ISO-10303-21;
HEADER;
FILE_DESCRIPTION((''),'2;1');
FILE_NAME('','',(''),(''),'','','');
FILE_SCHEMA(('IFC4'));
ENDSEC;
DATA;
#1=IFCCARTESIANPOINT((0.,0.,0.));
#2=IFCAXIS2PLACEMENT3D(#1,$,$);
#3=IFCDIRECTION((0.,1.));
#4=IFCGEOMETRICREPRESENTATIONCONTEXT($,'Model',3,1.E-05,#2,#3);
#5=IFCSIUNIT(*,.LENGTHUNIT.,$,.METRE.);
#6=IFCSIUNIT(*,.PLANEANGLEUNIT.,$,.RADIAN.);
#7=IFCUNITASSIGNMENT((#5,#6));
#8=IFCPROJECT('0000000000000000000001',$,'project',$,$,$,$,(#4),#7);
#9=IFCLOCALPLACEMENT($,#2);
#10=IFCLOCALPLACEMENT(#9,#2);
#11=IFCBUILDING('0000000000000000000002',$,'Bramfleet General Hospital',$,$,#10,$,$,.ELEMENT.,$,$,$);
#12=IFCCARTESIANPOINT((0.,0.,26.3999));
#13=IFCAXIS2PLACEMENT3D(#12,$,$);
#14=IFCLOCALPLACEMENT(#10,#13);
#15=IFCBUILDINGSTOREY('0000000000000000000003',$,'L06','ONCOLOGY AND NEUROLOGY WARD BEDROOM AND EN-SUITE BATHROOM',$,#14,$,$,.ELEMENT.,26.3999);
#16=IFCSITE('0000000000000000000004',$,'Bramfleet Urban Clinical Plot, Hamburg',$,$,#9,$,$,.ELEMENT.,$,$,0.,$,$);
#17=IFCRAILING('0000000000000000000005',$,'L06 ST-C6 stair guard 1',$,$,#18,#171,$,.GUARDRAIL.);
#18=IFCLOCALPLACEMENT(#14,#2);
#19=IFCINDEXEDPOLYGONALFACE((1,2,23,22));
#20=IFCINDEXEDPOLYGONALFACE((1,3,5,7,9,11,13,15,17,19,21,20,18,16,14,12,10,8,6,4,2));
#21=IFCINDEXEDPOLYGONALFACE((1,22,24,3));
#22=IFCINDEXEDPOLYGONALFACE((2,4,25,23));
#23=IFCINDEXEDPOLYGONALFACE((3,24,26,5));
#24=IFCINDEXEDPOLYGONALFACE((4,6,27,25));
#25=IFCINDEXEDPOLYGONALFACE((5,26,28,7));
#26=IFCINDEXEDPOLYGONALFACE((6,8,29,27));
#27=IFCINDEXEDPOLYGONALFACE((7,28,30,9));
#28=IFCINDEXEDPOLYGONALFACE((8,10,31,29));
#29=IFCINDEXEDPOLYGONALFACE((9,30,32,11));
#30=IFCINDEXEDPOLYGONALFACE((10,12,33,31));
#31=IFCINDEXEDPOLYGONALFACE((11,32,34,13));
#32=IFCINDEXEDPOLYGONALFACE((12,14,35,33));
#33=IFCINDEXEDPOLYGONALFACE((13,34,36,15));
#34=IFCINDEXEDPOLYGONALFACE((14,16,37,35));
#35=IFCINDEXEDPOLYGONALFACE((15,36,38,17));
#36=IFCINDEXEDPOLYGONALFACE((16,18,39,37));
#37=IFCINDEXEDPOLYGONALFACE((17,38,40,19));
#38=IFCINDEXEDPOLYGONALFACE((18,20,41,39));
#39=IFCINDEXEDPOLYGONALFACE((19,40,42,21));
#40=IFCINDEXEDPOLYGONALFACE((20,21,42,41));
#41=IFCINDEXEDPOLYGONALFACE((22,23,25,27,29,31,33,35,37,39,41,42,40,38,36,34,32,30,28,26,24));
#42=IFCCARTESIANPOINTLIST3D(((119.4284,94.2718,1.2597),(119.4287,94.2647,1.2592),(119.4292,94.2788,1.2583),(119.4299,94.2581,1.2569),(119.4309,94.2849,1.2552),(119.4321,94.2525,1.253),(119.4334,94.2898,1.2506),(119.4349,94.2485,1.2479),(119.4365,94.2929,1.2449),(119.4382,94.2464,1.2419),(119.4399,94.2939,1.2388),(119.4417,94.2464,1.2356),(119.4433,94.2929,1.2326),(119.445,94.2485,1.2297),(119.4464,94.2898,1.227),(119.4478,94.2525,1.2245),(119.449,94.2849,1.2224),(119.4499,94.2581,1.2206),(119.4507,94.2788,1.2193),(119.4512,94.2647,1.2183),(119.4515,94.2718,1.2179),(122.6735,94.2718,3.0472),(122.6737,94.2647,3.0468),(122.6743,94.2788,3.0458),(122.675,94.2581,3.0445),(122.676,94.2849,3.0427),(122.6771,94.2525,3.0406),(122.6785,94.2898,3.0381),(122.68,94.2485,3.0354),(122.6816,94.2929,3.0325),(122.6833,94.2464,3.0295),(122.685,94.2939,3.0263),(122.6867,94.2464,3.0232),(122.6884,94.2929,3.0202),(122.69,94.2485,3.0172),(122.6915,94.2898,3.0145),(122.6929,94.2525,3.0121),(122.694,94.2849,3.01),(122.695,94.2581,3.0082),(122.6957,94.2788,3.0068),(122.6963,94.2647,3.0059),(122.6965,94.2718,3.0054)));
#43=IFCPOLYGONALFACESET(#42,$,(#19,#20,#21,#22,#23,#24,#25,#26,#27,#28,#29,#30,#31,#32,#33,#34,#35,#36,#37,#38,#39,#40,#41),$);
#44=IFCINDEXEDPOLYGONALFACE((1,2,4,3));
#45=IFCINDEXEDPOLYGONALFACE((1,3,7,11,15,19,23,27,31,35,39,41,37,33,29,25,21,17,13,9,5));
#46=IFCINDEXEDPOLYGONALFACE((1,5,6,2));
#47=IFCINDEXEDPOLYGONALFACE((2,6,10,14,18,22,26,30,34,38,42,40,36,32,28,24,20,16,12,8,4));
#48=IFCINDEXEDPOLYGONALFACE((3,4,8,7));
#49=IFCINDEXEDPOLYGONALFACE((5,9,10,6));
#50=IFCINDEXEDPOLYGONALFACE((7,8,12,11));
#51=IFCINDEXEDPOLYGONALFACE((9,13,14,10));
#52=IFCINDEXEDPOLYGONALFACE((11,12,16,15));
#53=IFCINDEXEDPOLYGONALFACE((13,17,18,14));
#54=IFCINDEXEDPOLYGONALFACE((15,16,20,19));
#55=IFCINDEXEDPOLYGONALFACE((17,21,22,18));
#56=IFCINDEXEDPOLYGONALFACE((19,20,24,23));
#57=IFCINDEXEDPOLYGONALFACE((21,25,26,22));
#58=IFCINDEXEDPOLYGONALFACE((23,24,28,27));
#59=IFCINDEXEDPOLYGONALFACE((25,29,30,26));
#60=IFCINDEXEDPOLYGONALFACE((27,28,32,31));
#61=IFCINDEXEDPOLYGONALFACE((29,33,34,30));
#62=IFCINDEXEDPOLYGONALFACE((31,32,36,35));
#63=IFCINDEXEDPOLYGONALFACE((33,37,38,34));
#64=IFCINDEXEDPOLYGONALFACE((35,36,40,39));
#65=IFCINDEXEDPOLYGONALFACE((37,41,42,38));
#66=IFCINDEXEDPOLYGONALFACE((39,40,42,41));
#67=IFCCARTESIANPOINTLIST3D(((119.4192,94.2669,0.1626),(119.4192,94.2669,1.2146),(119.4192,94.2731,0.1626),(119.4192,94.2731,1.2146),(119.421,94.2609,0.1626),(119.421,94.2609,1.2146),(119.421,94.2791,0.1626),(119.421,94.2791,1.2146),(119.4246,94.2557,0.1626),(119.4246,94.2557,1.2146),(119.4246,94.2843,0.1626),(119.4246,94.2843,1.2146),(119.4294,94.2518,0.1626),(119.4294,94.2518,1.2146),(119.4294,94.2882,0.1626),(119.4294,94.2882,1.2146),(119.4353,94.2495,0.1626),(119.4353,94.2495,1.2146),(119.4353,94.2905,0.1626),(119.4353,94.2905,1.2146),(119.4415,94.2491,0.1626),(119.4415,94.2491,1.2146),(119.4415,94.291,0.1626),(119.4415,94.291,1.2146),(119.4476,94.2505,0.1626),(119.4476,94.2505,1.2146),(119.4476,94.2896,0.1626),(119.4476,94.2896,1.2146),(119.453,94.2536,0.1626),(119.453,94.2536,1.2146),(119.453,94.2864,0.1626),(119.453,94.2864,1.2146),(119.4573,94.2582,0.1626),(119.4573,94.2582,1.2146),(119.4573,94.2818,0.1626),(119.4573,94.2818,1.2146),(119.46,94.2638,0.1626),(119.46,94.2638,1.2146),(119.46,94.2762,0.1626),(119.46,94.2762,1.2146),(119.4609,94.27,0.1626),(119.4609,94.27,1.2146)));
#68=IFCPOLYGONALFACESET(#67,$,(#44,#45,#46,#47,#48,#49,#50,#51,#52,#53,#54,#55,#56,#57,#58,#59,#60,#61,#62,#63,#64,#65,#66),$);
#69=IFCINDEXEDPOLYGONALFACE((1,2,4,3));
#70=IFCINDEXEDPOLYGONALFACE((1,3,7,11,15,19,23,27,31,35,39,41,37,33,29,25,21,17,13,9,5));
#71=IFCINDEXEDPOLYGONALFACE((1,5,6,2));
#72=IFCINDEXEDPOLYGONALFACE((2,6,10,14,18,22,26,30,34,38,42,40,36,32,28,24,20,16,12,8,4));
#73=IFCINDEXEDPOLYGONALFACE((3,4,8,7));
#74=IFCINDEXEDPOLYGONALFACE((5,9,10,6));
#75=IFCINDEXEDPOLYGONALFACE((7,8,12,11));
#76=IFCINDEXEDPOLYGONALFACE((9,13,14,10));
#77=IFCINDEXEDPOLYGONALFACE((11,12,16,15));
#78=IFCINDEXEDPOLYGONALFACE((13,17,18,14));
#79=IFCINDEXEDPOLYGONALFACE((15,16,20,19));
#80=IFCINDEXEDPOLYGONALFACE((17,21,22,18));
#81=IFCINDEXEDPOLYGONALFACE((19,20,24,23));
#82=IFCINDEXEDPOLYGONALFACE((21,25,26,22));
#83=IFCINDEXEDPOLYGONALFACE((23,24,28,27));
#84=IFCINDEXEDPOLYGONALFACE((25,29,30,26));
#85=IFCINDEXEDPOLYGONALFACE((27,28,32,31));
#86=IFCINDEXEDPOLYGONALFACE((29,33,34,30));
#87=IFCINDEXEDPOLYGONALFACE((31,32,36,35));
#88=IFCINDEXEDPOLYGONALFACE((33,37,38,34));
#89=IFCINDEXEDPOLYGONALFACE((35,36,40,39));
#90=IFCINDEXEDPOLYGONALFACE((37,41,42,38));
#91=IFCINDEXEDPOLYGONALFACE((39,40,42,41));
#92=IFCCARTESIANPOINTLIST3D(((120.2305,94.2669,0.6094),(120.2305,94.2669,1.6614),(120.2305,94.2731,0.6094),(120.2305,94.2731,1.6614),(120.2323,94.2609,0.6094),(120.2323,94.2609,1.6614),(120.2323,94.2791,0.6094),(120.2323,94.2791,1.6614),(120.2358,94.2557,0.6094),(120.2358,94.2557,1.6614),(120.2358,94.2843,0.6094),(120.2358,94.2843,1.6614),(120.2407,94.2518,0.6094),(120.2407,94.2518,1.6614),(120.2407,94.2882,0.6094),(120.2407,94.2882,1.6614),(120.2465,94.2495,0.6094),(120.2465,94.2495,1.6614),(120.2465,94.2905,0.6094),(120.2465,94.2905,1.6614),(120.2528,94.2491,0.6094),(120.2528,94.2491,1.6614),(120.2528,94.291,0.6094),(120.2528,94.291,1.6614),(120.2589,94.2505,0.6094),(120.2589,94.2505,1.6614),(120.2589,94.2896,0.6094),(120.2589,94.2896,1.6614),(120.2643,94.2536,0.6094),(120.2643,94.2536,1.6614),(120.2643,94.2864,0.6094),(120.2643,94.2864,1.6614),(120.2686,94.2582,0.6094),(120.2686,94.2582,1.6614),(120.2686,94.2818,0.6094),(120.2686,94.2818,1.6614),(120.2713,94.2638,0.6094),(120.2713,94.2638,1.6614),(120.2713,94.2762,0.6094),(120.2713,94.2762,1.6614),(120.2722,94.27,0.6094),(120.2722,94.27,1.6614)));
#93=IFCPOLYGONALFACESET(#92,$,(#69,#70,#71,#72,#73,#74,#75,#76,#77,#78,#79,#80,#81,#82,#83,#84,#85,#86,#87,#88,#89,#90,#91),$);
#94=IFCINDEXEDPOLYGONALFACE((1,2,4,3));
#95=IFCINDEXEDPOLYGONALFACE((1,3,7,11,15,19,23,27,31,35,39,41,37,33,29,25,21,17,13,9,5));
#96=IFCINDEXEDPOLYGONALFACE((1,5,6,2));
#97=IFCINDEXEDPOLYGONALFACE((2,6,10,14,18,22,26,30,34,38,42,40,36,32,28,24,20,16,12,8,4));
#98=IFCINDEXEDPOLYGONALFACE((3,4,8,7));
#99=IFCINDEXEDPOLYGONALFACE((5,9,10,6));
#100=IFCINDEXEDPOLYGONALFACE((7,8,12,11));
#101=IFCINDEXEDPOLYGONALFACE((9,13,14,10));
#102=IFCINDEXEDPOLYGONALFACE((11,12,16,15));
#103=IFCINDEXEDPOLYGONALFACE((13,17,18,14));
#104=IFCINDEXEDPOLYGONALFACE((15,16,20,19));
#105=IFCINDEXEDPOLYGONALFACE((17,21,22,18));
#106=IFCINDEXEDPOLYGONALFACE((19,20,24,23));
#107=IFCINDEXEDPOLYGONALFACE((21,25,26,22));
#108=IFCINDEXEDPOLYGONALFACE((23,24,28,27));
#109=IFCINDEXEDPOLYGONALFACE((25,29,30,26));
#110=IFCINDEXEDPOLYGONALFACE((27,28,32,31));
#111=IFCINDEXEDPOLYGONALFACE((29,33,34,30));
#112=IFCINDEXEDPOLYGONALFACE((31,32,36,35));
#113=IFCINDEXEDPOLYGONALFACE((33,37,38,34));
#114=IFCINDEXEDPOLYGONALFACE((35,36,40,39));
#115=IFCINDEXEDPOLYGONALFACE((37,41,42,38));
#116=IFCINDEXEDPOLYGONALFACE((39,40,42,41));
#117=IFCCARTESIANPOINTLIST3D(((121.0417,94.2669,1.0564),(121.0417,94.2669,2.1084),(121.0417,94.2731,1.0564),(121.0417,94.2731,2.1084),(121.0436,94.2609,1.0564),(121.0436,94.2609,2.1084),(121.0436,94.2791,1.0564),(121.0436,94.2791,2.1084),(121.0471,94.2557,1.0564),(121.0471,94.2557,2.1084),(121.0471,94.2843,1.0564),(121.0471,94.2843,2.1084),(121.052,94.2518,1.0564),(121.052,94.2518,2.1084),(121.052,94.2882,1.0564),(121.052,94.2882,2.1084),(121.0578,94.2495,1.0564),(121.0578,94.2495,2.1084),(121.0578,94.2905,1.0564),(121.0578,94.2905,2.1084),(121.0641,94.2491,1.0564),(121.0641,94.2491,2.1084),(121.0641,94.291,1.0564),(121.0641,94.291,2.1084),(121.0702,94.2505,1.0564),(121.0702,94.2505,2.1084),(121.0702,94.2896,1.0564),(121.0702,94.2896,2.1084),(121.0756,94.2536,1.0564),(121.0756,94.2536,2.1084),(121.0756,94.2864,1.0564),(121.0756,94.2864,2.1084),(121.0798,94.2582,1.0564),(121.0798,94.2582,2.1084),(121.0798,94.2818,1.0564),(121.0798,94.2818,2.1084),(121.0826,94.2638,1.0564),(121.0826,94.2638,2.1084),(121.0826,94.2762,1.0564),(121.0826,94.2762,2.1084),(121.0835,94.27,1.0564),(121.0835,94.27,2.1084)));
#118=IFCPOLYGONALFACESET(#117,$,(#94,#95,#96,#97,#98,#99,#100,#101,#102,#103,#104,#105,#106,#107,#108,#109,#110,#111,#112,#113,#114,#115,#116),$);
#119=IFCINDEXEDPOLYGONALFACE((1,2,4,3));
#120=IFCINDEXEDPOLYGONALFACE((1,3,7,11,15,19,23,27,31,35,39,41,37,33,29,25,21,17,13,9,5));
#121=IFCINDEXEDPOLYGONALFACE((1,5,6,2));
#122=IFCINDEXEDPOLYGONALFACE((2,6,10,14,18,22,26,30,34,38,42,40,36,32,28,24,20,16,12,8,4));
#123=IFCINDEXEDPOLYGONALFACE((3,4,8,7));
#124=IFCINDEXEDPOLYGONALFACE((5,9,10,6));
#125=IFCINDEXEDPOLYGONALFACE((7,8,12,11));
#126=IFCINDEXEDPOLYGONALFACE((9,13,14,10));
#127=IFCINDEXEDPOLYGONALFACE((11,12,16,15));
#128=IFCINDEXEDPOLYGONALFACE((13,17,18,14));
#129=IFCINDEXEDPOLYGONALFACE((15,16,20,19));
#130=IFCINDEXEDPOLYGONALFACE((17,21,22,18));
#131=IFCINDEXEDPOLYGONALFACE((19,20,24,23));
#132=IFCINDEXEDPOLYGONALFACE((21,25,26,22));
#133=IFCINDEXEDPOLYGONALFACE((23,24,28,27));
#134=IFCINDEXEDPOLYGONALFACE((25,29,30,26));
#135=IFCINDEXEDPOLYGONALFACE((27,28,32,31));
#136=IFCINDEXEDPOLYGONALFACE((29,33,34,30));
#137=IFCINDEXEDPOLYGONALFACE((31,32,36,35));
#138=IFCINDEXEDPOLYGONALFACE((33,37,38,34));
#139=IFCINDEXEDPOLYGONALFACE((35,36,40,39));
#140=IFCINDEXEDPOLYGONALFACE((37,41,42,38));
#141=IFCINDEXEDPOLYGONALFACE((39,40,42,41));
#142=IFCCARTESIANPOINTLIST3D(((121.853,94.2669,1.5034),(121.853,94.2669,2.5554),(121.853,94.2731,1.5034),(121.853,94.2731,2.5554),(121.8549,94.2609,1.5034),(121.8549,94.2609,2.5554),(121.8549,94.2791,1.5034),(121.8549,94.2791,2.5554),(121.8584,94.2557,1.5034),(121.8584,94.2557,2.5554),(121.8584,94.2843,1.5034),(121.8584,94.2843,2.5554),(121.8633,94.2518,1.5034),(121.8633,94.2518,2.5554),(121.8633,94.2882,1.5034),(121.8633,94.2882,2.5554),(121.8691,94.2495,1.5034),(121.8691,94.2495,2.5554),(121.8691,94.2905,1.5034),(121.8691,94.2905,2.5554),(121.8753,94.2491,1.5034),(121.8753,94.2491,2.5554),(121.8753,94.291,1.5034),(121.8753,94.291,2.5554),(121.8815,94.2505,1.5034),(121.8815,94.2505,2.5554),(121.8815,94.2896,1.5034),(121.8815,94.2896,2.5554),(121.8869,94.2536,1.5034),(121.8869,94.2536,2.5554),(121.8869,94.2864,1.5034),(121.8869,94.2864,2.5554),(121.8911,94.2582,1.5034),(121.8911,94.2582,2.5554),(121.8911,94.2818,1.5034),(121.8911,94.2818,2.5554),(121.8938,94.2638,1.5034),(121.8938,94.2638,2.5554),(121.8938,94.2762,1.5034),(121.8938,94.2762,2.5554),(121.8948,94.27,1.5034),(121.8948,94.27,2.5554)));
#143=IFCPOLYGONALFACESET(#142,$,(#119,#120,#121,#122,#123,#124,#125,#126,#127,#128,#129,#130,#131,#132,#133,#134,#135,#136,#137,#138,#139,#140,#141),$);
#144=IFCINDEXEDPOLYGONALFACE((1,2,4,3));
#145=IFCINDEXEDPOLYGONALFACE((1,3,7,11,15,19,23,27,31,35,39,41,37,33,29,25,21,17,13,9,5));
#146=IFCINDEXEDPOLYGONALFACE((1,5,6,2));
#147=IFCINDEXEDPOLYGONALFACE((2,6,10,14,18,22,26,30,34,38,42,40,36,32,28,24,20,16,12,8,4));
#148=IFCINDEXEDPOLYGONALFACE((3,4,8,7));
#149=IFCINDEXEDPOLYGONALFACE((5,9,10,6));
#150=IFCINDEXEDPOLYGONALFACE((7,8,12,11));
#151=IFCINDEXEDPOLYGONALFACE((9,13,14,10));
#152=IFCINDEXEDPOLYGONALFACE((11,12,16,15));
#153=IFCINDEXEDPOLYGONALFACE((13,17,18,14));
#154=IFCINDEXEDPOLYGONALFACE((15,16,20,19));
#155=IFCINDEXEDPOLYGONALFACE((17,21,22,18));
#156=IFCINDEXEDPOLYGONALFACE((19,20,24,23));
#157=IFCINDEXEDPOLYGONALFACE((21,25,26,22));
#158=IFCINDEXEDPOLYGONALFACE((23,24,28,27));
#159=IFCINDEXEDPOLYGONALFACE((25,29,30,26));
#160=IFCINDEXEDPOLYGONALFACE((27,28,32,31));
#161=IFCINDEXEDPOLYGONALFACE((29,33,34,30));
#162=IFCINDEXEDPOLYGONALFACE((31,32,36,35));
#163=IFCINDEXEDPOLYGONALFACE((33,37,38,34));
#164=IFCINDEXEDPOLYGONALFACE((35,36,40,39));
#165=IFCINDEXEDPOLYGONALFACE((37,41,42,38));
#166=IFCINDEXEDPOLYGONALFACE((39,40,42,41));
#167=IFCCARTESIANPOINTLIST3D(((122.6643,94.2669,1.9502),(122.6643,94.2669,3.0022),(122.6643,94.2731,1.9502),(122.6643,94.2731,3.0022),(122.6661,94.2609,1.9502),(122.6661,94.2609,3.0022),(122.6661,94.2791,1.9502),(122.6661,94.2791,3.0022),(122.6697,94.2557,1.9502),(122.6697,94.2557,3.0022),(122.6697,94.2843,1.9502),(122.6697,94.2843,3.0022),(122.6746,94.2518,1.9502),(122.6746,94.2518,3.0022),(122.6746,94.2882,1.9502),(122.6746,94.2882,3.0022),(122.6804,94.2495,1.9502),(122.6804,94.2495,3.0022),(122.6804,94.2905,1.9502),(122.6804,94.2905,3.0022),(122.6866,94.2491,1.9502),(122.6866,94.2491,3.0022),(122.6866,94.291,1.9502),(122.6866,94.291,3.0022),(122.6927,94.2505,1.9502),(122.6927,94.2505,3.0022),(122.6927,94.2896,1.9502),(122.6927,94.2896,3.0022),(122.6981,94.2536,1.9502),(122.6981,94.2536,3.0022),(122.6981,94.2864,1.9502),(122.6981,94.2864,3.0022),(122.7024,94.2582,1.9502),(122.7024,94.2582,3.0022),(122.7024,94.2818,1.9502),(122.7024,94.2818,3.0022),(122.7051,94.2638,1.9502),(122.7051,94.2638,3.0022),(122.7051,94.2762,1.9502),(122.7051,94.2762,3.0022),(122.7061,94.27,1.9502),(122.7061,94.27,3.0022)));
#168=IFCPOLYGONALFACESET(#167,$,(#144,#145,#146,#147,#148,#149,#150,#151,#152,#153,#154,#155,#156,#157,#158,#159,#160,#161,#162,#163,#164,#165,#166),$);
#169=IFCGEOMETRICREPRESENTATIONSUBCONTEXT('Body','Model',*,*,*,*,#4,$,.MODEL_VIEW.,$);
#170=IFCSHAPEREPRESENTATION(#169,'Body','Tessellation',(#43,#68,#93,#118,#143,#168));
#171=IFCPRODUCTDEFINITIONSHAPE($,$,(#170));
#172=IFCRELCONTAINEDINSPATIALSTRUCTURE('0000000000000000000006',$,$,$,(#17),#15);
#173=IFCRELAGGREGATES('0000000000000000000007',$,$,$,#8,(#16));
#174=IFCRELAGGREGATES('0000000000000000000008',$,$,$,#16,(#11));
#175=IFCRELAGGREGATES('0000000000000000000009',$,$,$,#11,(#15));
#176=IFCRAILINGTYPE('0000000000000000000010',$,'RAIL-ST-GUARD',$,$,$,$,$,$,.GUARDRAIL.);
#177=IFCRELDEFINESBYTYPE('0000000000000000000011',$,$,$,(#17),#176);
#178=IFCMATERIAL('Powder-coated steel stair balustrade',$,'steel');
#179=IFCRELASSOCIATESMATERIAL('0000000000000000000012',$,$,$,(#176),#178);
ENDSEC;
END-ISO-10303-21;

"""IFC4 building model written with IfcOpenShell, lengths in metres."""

from ifc_helpers import new_model, si_unit, direction, frame, origin, origin_2d, place, context, subcontext, project, spatial, circle, extrude, material, type_object, element, save


model = new_model("IFC4")

# Units and contexts
model_context = context("Model", 3, precision=1e-05, world=origin(), true_north=direction((0.0, 1.0)))
body_context = subcontext(model_context, "Body", "Model", "MODEL_VIEW")
ifc_project = project(units=[si_unit("LENGTHUNIT", "METRE"), si_unit("PLANEANGLEUNIT", "RADIAN")], contexts=[model_context])

# Site, building, storey
site_placement = place(None, origin())
site = spatial("IfcSite", under=ifc_project, at=site_placement, Name="Bramfleet Urban Clinical Plot, Hamburg", CompositionType="ELEMENT", RefElevation=0.0)
building_placement = place(site_placement, origin())
building = spatial("IfcBuilding", under=site, at=building_placement, Name="Bramfleet General Hospital", CompositionType="ELEMENT")
storey_placement = place(building_placement, frame((0.0, 0.0, 26.3999)))
storey = spatial("IfcBuildingStorey", under=building, at=storey_placement, Name="L06", Description="ONCOLOGY AND NEUROLOGY WARD BEDROOM AND EN-SUITE BATHROOM", CompositionType="ELEMENT", Elevation=26.3999)

# Railing
ifc_material_1 = material(Name="Powder-coated steel stair balustrade", Category="steel")
railing_type_1 = type_object("IfcRailingType", Name="RAIL-ST-GUARD", PredefinedType="GUARDRAIL", material=ifc_material_1)
railing_1_placement = place(storey_placement, frame((119.4399, 94.27, 0.1626)))
element("IfcRailing", 1, at=railing_1_placement, inside=storey, type_object=railing_type_1, Name="L06 ST-C6 stair guard 1", PredefinedType="GUARDRAIL", context=body_context, shape_type="SweptSolid", body=[
    extrude(circle(Radius=0.0239, at=origin_2d()), frame((0.0, 0.0, 1.0762), z_axis=(0.875899, 0.0, 0.482495), x_axis=(0.0, 1.0, 0.0)), (0.0, 0.0, 1.0), 3.7048),
    extrude(circle(Radius=0.021, at=origin_2d()), origin(), (0.0, 0.0, 1.0), 1.052),
    extrude(circle(Radius=0.021, at=origin_2d()), frame((0.8113, 0.0, 0.4468)), (0.0, 0.0, 1.0), 1.052),
    extrude(circle(Radius=0.021, at=origin_2d()), frame((1.6226, 0.0, 0.8938)), (0.0, 0.0, 1.0), 1.052),
    extrude(circle(Radius=0.021, at=origin_2d()), frame((2.4338, 0.0, 1.3408)), (0.0, 0.0, 1.0), 1.052),
    extrude(circle(Radius=0.021, at=origin_2d()), frame((3.2451, 0.0, 1.7876)), (0.0, 0.0, 1.0), 1.052),
])

save(model, "model.ifc")
